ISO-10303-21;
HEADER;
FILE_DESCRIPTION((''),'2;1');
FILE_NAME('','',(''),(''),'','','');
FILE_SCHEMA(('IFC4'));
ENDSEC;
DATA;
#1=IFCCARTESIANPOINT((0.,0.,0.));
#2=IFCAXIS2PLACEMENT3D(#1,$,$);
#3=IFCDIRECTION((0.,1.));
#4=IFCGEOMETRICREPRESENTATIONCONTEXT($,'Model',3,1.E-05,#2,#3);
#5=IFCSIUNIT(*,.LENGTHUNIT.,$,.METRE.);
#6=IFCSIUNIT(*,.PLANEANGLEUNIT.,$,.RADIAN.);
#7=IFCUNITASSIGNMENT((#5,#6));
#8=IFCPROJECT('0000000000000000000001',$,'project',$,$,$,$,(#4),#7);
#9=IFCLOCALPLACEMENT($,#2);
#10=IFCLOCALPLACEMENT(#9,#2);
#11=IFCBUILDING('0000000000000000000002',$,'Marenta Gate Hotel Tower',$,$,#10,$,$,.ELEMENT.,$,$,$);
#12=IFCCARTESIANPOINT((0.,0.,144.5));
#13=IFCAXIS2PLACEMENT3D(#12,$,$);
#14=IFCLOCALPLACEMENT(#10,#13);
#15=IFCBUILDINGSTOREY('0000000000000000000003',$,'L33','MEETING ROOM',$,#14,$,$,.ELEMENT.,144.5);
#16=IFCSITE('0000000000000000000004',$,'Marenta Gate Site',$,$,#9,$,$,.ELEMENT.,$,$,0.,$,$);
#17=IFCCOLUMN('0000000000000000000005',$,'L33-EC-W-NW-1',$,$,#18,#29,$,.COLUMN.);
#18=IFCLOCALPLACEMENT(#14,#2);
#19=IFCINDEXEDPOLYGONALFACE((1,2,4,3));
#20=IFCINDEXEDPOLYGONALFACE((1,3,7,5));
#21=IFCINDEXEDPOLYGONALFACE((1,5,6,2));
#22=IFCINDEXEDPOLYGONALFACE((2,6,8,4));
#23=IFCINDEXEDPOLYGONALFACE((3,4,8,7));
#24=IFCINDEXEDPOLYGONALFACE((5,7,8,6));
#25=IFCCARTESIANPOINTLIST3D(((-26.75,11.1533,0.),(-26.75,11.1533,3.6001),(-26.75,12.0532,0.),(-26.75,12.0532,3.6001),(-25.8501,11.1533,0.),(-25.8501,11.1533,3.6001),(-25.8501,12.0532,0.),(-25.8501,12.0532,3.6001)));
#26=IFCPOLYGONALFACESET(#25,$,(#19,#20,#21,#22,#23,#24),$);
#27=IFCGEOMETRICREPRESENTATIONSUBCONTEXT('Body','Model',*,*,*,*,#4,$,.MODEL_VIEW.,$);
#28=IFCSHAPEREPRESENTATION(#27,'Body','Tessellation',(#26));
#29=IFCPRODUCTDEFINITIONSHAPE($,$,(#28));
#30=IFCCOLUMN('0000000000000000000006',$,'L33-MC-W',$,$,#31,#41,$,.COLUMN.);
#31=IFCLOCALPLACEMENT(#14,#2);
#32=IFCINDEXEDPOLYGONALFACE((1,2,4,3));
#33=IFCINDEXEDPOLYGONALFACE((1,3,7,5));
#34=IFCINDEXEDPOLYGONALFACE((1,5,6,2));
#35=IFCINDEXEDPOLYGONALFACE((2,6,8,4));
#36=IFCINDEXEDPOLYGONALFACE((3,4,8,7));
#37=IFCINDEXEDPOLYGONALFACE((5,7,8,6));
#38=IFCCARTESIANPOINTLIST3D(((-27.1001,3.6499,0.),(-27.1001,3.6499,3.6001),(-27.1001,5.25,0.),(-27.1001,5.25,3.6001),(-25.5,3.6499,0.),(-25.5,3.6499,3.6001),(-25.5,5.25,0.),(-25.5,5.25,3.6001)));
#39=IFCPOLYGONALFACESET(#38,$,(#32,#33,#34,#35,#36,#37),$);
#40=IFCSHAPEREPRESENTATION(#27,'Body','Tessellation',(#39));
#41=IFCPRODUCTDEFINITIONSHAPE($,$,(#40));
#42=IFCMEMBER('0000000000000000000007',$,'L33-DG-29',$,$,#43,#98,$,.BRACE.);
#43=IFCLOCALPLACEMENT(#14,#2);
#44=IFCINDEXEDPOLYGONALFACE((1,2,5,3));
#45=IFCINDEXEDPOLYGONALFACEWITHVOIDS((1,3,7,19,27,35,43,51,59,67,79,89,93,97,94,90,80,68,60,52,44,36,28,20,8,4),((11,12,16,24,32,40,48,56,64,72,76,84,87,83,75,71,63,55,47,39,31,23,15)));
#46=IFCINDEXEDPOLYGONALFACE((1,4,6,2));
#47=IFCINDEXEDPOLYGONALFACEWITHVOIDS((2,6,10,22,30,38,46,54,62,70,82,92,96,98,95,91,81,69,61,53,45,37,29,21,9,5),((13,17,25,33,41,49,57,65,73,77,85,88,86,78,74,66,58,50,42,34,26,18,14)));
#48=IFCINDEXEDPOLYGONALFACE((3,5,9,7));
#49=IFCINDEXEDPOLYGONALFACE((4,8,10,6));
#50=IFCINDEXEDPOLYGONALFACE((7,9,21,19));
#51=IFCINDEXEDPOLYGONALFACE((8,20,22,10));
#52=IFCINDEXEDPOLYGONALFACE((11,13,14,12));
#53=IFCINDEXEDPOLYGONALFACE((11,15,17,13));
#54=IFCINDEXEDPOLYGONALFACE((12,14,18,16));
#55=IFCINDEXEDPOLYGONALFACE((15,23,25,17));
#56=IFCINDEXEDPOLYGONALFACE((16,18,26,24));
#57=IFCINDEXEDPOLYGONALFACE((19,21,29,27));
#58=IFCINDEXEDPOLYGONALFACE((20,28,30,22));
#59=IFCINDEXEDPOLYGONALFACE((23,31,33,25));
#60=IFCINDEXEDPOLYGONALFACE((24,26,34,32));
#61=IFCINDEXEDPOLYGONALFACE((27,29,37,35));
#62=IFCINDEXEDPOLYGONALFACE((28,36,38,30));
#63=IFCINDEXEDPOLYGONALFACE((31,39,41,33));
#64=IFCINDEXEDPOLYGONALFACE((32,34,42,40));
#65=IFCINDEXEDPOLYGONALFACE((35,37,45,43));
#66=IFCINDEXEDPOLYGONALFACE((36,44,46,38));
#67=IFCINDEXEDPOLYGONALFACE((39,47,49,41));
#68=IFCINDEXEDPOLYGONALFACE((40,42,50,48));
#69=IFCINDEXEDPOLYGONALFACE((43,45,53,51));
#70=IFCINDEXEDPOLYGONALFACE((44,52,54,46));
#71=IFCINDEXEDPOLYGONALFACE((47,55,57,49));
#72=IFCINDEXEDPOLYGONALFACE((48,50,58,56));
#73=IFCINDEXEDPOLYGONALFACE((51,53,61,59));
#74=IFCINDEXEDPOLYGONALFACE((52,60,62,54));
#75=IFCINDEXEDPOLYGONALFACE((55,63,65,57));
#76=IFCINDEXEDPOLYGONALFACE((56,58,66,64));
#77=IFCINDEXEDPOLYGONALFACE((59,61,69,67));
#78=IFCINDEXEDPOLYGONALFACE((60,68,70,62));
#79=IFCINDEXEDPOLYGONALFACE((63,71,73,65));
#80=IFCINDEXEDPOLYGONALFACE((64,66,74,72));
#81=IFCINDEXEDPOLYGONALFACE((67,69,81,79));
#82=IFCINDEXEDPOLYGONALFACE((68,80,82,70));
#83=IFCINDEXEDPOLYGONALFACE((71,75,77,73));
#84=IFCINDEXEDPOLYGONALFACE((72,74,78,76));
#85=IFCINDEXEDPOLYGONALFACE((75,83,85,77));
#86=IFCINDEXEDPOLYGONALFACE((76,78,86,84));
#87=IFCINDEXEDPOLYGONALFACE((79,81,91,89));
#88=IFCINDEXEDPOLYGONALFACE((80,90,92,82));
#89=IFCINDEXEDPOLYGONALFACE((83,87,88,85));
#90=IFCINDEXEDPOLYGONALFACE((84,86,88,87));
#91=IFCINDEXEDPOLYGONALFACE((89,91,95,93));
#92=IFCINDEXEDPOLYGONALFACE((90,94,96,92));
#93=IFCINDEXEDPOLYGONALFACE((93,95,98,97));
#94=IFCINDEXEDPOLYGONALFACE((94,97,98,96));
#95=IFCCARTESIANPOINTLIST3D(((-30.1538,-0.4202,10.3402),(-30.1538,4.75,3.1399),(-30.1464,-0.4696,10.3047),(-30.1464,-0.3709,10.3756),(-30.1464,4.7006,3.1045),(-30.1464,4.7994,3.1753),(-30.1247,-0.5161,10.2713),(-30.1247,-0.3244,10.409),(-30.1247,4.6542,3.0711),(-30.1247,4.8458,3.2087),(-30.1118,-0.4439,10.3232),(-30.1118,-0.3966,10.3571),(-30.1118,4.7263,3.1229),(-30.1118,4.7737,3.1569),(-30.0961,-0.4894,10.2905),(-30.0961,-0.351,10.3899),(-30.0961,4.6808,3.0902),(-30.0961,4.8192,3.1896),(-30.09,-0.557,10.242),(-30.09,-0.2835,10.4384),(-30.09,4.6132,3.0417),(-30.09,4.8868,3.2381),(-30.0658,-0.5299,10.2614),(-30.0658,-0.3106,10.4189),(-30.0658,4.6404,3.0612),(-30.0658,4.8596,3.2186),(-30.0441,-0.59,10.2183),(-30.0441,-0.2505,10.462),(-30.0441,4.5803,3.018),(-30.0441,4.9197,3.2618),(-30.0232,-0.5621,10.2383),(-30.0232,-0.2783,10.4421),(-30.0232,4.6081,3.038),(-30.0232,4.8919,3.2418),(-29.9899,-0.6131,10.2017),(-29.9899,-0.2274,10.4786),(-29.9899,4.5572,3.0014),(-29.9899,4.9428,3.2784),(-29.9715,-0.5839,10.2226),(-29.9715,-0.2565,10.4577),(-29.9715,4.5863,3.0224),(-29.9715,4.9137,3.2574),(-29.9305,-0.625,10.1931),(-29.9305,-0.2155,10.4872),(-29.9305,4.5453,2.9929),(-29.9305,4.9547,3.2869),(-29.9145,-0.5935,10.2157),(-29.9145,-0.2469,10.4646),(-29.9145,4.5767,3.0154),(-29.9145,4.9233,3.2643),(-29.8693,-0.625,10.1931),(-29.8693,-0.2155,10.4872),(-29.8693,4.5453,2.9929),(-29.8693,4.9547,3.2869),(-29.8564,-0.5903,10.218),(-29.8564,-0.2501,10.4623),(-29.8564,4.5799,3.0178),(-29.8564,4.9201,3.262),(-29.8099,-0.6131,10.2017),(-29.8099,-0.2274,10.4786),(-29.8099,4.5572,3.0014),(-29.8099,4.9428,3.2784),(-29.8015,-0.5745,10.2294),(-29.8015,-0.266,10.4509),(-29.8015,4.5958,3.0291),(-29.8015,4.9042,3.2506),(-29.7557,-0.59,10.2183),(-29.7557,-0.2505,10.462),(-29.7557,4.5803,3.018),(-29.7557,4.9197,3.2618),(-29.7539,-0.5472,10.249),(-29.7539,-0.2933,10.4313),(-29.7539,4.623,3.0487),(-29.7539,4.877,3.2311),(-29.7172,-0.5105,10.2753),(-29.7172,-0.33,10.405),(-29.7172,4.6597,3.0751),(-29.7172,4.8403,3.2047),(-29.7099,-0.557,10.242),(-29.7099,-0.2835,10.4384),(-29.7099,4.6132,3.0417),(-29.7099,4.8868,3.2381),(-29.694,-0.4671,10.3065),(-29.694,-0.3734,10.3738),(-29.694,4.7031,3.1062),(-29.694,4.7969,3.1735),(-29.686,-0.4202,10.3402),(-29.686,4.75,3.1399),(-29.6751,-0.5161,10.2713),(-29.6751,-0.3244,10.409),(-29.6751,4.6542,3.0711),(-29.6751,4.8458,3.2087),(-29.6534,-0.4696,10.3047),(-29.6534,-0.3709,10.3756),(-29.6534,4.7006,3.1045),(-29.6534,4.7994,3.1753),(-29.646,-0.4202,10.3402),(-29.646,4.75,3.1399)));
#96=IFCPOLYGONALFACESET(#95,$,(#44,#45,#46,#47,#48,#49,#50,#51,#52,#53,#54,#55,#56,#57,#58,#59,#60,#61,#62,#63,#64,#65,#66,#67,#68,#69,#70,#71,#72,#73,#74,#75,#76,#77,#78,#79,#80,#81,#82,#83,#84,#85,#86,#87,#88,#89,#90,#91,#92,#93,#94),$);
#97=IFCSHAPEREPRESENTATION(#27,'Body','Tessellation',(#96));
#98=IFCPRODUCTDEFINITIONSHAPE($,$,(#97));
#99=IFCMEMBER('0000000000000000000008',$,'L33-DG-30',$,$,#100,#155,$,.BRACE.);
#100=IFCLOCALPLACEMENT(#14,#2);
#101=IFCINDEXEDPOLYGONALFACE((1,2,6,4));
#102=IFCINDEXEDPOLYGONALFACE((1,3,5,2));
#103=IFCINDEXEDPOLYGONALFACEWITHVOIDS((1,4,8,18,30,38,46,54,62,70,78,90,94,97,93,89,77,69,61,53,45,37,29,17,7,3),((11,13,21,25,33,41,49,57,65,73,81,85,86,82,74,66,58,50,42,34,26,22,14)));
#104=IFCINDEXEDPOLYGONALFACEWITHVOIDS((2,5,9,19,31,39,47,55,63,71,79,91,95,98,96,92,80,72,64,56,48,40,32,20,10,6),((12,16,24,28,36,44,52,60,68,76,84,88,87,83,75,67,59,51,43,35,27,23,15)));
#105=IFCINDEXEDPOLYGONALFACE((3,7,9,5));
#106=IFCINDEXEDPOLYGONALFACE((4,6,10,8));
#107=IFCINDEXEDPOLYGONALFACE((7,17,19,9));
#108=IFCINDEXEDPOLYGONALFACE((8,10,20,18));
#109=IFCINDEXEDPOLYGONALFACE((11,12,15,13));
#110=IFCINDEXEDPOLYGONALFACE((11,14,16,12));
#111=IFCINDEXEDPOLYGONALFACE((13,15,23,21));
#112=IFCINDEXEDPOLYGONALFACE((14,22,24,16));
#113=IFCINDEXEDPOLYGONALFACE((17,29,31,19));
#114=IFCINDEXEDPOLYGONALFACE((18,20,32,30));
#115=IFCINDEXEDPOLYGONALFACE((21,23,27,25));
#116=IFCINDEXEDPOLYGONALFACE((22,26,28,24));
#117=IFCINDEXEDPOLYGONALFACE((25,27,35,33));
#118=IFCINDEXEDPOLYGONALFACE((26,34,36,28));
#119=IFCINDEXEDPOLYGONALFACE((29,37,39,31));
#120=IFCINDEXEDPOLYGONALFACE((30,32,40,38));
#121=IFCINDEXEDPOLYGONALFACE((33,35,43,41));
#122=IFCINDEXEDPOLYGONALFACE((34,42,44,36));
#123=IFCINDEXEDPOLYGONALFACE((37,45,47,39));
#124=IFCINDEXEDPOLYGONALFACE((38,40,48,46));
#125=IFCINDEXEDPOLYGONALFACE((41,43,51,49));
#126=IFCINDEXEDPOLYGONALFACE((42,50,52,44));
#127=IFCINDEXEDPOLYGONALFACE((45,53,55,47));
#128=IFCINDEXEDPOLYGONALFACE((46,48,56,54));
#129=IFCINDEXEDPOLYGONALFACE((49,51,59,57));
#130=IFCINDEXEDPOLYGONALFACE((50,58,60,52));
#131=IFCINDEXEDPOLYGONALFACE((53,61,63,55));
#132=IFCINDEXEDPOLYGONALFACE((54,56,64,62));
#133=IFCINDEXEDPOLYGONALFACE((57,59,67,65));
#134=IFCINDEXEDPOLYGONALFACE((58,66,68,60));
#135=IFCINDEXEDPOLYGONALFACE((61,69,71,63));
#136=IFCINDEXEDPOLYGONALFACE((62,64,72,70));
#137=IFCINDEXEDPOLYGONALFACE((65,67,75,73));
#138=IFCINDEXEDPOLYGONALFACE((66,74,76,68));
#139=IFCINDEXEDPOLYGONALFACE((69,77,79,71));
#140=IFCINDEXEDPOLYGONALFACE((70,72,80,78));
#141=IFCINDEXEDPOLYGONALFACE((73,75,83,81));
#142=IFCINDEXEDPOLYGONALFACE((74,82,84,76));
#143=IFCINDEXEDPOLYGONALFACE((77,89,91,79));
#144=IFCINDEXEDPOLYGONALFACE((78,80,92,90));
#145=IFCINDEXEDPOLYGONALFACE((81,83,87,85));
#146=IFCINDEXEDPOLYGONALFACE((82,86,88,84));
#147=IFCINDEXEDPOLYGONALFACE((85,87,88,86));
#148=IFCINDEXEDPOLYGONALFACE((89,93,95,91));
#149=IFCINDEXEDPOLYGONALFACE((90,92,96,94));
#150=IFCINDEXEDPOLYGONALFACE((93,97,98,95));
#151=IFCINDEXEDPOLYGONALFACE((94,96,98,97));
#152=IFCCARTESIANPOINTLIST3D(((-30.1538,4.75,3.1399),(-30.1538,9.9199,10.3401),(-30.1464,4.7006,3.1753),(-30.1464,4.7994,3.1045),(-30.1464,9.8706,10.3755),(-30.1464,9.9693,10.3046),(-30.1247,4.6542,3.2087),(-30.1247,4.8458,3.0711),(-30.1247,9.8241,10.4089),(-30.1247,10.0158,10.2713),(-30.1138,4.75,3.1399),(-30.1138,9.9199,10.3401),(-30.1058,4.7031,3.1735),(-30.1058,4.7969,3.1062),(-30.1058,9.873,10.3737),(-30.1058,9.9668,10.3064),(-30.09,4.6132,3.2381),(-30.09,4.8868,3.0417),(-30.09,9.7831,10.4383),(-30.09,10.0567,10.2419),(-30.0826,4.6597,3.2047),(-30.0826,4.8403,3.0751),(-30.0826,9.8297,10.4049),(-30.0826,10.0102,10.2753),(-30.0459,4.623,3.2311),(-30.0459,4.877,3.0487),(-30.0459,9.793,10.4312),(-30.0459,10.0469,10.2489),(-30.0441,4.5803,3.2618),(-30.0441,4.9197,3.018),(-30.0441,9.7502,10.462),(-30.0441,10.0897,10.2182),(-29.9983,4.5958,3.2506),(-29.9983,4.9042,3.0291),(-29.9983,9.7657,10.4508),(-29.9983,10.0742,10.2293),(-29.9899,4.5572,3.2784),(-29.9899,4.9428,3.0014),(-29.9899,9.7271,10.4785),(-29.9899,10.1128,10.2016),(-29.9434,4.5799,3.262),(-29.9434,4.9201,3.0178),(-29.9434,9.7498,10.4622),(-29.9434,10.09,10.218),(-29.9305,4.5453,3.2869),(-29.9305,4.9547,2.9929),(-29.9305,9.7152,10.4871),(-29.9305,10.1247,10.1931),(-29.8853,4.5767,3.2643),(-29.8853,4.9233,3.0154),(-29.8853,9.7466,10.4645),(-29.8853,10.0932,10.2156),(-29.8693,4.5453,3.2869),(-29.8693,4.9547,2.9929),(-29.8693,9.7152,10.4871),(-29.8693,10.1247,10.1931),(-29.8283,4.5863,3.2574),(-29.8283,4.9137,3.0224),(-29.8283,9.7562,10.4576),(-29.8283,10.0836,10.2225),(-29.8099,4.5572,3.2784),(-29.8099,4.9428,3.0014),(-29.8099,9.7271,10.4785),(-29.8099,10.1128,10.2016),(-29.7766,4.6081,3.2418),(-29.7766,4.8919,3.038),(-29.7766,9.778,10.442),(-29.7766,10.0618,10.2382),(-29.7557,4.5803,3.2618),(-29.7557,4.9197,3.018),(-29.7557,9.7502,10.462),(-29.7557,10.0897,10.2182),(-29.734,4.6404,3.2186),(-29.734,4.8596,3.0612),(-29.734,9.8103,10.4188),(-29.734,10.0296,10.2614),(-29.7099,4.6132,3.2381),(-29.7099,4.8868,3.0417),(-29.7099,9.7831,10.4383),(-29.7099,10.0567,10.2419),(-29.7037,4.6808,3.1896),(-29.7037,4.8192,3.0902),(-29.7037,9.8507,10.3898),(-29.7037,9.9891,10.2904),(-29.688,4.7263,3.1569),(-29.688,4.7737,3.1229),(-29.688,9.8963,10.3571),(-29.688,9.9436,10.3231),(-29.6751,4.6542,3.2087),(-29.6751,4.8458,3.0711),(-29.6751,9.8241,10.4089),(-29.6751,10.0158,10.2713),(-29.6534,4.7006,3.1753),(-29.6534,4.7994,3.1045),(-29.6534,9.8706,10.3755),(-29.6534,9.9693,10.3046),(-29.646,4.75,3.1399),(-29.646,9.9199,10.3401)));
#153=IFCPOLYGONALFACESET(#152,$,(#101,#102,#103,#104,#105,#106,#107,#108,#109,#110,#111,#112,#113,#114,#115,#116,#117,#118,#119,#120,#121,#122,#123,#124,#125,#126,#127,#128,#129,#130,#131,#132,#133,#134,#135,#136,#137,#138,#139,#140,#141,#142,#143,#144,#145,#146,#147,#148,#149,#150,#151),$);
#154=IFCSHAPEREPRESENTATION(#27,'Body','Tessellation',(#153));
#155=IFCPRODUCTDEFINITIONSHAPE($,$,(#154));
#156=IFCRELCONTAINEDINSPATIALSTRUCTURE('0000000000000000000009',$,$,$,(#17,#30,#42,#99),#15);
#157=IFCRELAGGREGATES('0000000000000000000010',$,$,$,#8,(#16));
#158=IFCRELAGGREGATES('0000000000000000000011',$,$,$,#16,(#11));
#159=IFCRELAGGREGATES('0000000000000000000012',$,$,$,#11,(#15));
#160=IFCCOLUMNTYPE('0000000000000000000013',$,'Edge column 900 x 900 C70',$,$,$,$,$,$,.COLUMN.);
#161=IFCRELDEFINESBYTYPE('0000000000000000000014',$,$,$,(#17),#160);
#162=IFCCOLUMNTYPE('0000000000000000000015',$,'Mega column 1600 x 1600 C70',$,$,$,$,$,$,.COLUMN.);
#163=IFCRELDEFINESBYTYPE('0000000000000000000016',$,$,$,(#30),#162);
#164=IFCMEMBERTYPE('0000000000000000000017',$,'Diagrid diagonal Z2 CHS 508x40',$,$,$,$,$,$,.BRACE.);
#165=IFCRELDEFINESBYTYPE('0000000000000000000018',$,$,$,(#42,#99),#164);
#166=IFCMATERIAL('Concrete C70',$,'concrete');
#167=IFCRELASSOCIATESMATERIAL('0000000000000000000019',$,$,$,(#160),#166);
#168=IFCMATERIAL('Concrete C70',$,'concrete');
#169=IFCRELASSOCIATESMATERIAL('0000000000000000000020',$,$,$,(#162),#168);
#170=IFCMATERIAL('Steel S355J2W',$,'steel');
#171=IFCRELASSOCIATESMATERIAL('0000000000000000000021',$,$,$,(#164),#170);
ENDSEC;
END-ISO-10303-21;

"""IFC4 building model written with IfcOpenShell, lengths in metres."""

from ifc_helpers import new_model, si_unit, direction, frame, origin, origin_2d, place, context, subcontext, project, spatial, rectangle, hollow_circle, extrude, material, material_profile, profile_set, type_object, element, save


model = new_model("IFC4")

# Units and contexts
model_context = context("Model", 3, precision=1e-05, world=origin(), true_north=direction((0.0, 1.0)))
body_context = subcontext(model_context, "Body", "Model", "MODEL_VIEW")
ifc_project = project(units=[si_unit("LENGTHUNIT", "METRE"), si_unit("PLANEANGLEUNIT", "RADIAN")], contexts=[model_context])

# Site, building, storey
site_placement = place(None, origin())
site = spatial("IfcSite", under=ifc_project, at=site_placement, Name="Marenta Gate Site", CompositionType="ELEMENT", RefElevation=0.0)
building_placement = place(site_placement, origin())
building = spatial("IfcBuilding", under=site, at=building_placement, Name="Marenta Gate Hotel Tower", CompositionType="ELEMENT")
storey_placement = place(building_placement, frame((0.0, 0.0, 144.5)))
storey = spatial("IfcBuildingStorey", under=building, at=storey_placement, Name="L33", Description="MEETING ROOM", CompositionType="ELEMENT", Elevation=144.5)

# Columns
ifc_material_1 = material(Name="Concrete C70", Category="concrete")
ifc_material_profile_1 = material_profile(ifc_material_1, rectangle(XDim=0.8999, YDim=0.8999, at=origin_2d()), Name="900 x 900")
ifc_profile_set_1 = profile_set([ifc_material_profile_1], Name="Concrete C70")
column_type_1 = type_object("IfcColumnType", Name="Edge column 900 x 900 C70", PredefinedType="COLUMN", material=ifc_profile_set_1)
column_1_placement = place(storey_placement, frame((-26.3, 11.6033, 0.0), z_axis=(0.0, 0.0, 1.0), x_axis=(1.0, 0.0, 0.0)))
element("IfcColumn", 1, at=column_1_placement, inside=storey, type_object=column_type_1, Name="L33-EC-W-NW-1", PredefinedType="COLUMN", context=body_context, shape_type="SweptSolid", body=[
    extrude(rectangle(XDim=0.8999, YDim=0.8999, at=origin_2d()), origin(), (0.0, 0.0, 1.0), 3.6001),
])
ifc_material_2 = material(Name="Concrete C70", Category="concrete")
ifc_material_profile_2 = material_profile(ifc_material_2, rectangle(XDim=1.6001, YDim=1.6001, at=origin_2d()), Name="1600 x 1600")
ifc_profile_set_2 = profile_set([ifc_material_profile_2], Name="Concrete C70")
column_type_2 = type_object("IfcColumnType", Name="Mega column 1600 x 1600 C70", PredefinedType="COLUMN", material=ifc_profile_set_2)
column_2_placement = place(storey_placement, frame((-26.3, 4.45, 0.0), z_axis=(0.0, 0.0, 1.0), x_axis=(1.0, 0.0, 0.0)))
element("IfcColumn", 2, at=column_2_placement, inside=storey, type_object=column_type_2, Name="L33-MC-W", PredefinedType="COLUMN", context=body_context, shape_type="SweptSolid", body=[
    extrude(rectangle(XDim=1.6001, YDim=1.6001, at=origin_2d()), origin(), (0.0, 0.0, 1.0), 3.6001),
])

# Members
ifc_material_3 = material(Name="Steel S355J2W", Category="steel")
ifc_material_profile_3 = material_profile(ifc_material_3, hollow_circle(Radius=0.2539, WallThickness=0.04, at=origin_2d()), Name="CHS 508x40")
ifc_profile_set_3 = profile_set([ifc_material_profile_3], Name="Steel S355J2W")
member_type_1 = type_object("IfcMemberType", Name="Diagrid diagonal Z2 CHS 508x40", PredefinedType="BRACE", material=ifc_profile_set_3)
member_1_placement = place(storey_placement, frame((-29.8999, 4.75, 3.1399), z_axis=(0.0, -0.583266, 0.812281), x_axis=(1.0, 0.0, 0.0)))
element("IfcMember", 3, at=member_1_placement, inside=storey, type_object=member_type_1, Name="L33-DG-29", PredefinedType="BRACE", context=body_context, shape_type="SweptSolid", body=[
    extrude(hollow_circle(Radius=0.2539, WallThickness=0.04, at=origin_2d()), origin(), (0.0, 0.0, 1.0), 8.8643),
])
member_2_placement = place(storey_placement, frame((-29.8999, 4.75, 3.1399), z_axis=(0.0, 0.583248, 0.812294), x_axis=(-1.0, 0.0, 0.0)))
element("IfcMember", 4, at=member_2_placement, inside=storey, type_object=member_type_1, Name="L33-DG-30", PredefinedType="BRACE", context=body_context, shape_type="SweptSolid", body=[
    extrude(hollow_circle(Radius=0.2539, WallThickness=0.04, at=origin_2d()), origin(), (0.0, 0.0, 1.0), 8.864),
])

save(model, "model.ifc")
